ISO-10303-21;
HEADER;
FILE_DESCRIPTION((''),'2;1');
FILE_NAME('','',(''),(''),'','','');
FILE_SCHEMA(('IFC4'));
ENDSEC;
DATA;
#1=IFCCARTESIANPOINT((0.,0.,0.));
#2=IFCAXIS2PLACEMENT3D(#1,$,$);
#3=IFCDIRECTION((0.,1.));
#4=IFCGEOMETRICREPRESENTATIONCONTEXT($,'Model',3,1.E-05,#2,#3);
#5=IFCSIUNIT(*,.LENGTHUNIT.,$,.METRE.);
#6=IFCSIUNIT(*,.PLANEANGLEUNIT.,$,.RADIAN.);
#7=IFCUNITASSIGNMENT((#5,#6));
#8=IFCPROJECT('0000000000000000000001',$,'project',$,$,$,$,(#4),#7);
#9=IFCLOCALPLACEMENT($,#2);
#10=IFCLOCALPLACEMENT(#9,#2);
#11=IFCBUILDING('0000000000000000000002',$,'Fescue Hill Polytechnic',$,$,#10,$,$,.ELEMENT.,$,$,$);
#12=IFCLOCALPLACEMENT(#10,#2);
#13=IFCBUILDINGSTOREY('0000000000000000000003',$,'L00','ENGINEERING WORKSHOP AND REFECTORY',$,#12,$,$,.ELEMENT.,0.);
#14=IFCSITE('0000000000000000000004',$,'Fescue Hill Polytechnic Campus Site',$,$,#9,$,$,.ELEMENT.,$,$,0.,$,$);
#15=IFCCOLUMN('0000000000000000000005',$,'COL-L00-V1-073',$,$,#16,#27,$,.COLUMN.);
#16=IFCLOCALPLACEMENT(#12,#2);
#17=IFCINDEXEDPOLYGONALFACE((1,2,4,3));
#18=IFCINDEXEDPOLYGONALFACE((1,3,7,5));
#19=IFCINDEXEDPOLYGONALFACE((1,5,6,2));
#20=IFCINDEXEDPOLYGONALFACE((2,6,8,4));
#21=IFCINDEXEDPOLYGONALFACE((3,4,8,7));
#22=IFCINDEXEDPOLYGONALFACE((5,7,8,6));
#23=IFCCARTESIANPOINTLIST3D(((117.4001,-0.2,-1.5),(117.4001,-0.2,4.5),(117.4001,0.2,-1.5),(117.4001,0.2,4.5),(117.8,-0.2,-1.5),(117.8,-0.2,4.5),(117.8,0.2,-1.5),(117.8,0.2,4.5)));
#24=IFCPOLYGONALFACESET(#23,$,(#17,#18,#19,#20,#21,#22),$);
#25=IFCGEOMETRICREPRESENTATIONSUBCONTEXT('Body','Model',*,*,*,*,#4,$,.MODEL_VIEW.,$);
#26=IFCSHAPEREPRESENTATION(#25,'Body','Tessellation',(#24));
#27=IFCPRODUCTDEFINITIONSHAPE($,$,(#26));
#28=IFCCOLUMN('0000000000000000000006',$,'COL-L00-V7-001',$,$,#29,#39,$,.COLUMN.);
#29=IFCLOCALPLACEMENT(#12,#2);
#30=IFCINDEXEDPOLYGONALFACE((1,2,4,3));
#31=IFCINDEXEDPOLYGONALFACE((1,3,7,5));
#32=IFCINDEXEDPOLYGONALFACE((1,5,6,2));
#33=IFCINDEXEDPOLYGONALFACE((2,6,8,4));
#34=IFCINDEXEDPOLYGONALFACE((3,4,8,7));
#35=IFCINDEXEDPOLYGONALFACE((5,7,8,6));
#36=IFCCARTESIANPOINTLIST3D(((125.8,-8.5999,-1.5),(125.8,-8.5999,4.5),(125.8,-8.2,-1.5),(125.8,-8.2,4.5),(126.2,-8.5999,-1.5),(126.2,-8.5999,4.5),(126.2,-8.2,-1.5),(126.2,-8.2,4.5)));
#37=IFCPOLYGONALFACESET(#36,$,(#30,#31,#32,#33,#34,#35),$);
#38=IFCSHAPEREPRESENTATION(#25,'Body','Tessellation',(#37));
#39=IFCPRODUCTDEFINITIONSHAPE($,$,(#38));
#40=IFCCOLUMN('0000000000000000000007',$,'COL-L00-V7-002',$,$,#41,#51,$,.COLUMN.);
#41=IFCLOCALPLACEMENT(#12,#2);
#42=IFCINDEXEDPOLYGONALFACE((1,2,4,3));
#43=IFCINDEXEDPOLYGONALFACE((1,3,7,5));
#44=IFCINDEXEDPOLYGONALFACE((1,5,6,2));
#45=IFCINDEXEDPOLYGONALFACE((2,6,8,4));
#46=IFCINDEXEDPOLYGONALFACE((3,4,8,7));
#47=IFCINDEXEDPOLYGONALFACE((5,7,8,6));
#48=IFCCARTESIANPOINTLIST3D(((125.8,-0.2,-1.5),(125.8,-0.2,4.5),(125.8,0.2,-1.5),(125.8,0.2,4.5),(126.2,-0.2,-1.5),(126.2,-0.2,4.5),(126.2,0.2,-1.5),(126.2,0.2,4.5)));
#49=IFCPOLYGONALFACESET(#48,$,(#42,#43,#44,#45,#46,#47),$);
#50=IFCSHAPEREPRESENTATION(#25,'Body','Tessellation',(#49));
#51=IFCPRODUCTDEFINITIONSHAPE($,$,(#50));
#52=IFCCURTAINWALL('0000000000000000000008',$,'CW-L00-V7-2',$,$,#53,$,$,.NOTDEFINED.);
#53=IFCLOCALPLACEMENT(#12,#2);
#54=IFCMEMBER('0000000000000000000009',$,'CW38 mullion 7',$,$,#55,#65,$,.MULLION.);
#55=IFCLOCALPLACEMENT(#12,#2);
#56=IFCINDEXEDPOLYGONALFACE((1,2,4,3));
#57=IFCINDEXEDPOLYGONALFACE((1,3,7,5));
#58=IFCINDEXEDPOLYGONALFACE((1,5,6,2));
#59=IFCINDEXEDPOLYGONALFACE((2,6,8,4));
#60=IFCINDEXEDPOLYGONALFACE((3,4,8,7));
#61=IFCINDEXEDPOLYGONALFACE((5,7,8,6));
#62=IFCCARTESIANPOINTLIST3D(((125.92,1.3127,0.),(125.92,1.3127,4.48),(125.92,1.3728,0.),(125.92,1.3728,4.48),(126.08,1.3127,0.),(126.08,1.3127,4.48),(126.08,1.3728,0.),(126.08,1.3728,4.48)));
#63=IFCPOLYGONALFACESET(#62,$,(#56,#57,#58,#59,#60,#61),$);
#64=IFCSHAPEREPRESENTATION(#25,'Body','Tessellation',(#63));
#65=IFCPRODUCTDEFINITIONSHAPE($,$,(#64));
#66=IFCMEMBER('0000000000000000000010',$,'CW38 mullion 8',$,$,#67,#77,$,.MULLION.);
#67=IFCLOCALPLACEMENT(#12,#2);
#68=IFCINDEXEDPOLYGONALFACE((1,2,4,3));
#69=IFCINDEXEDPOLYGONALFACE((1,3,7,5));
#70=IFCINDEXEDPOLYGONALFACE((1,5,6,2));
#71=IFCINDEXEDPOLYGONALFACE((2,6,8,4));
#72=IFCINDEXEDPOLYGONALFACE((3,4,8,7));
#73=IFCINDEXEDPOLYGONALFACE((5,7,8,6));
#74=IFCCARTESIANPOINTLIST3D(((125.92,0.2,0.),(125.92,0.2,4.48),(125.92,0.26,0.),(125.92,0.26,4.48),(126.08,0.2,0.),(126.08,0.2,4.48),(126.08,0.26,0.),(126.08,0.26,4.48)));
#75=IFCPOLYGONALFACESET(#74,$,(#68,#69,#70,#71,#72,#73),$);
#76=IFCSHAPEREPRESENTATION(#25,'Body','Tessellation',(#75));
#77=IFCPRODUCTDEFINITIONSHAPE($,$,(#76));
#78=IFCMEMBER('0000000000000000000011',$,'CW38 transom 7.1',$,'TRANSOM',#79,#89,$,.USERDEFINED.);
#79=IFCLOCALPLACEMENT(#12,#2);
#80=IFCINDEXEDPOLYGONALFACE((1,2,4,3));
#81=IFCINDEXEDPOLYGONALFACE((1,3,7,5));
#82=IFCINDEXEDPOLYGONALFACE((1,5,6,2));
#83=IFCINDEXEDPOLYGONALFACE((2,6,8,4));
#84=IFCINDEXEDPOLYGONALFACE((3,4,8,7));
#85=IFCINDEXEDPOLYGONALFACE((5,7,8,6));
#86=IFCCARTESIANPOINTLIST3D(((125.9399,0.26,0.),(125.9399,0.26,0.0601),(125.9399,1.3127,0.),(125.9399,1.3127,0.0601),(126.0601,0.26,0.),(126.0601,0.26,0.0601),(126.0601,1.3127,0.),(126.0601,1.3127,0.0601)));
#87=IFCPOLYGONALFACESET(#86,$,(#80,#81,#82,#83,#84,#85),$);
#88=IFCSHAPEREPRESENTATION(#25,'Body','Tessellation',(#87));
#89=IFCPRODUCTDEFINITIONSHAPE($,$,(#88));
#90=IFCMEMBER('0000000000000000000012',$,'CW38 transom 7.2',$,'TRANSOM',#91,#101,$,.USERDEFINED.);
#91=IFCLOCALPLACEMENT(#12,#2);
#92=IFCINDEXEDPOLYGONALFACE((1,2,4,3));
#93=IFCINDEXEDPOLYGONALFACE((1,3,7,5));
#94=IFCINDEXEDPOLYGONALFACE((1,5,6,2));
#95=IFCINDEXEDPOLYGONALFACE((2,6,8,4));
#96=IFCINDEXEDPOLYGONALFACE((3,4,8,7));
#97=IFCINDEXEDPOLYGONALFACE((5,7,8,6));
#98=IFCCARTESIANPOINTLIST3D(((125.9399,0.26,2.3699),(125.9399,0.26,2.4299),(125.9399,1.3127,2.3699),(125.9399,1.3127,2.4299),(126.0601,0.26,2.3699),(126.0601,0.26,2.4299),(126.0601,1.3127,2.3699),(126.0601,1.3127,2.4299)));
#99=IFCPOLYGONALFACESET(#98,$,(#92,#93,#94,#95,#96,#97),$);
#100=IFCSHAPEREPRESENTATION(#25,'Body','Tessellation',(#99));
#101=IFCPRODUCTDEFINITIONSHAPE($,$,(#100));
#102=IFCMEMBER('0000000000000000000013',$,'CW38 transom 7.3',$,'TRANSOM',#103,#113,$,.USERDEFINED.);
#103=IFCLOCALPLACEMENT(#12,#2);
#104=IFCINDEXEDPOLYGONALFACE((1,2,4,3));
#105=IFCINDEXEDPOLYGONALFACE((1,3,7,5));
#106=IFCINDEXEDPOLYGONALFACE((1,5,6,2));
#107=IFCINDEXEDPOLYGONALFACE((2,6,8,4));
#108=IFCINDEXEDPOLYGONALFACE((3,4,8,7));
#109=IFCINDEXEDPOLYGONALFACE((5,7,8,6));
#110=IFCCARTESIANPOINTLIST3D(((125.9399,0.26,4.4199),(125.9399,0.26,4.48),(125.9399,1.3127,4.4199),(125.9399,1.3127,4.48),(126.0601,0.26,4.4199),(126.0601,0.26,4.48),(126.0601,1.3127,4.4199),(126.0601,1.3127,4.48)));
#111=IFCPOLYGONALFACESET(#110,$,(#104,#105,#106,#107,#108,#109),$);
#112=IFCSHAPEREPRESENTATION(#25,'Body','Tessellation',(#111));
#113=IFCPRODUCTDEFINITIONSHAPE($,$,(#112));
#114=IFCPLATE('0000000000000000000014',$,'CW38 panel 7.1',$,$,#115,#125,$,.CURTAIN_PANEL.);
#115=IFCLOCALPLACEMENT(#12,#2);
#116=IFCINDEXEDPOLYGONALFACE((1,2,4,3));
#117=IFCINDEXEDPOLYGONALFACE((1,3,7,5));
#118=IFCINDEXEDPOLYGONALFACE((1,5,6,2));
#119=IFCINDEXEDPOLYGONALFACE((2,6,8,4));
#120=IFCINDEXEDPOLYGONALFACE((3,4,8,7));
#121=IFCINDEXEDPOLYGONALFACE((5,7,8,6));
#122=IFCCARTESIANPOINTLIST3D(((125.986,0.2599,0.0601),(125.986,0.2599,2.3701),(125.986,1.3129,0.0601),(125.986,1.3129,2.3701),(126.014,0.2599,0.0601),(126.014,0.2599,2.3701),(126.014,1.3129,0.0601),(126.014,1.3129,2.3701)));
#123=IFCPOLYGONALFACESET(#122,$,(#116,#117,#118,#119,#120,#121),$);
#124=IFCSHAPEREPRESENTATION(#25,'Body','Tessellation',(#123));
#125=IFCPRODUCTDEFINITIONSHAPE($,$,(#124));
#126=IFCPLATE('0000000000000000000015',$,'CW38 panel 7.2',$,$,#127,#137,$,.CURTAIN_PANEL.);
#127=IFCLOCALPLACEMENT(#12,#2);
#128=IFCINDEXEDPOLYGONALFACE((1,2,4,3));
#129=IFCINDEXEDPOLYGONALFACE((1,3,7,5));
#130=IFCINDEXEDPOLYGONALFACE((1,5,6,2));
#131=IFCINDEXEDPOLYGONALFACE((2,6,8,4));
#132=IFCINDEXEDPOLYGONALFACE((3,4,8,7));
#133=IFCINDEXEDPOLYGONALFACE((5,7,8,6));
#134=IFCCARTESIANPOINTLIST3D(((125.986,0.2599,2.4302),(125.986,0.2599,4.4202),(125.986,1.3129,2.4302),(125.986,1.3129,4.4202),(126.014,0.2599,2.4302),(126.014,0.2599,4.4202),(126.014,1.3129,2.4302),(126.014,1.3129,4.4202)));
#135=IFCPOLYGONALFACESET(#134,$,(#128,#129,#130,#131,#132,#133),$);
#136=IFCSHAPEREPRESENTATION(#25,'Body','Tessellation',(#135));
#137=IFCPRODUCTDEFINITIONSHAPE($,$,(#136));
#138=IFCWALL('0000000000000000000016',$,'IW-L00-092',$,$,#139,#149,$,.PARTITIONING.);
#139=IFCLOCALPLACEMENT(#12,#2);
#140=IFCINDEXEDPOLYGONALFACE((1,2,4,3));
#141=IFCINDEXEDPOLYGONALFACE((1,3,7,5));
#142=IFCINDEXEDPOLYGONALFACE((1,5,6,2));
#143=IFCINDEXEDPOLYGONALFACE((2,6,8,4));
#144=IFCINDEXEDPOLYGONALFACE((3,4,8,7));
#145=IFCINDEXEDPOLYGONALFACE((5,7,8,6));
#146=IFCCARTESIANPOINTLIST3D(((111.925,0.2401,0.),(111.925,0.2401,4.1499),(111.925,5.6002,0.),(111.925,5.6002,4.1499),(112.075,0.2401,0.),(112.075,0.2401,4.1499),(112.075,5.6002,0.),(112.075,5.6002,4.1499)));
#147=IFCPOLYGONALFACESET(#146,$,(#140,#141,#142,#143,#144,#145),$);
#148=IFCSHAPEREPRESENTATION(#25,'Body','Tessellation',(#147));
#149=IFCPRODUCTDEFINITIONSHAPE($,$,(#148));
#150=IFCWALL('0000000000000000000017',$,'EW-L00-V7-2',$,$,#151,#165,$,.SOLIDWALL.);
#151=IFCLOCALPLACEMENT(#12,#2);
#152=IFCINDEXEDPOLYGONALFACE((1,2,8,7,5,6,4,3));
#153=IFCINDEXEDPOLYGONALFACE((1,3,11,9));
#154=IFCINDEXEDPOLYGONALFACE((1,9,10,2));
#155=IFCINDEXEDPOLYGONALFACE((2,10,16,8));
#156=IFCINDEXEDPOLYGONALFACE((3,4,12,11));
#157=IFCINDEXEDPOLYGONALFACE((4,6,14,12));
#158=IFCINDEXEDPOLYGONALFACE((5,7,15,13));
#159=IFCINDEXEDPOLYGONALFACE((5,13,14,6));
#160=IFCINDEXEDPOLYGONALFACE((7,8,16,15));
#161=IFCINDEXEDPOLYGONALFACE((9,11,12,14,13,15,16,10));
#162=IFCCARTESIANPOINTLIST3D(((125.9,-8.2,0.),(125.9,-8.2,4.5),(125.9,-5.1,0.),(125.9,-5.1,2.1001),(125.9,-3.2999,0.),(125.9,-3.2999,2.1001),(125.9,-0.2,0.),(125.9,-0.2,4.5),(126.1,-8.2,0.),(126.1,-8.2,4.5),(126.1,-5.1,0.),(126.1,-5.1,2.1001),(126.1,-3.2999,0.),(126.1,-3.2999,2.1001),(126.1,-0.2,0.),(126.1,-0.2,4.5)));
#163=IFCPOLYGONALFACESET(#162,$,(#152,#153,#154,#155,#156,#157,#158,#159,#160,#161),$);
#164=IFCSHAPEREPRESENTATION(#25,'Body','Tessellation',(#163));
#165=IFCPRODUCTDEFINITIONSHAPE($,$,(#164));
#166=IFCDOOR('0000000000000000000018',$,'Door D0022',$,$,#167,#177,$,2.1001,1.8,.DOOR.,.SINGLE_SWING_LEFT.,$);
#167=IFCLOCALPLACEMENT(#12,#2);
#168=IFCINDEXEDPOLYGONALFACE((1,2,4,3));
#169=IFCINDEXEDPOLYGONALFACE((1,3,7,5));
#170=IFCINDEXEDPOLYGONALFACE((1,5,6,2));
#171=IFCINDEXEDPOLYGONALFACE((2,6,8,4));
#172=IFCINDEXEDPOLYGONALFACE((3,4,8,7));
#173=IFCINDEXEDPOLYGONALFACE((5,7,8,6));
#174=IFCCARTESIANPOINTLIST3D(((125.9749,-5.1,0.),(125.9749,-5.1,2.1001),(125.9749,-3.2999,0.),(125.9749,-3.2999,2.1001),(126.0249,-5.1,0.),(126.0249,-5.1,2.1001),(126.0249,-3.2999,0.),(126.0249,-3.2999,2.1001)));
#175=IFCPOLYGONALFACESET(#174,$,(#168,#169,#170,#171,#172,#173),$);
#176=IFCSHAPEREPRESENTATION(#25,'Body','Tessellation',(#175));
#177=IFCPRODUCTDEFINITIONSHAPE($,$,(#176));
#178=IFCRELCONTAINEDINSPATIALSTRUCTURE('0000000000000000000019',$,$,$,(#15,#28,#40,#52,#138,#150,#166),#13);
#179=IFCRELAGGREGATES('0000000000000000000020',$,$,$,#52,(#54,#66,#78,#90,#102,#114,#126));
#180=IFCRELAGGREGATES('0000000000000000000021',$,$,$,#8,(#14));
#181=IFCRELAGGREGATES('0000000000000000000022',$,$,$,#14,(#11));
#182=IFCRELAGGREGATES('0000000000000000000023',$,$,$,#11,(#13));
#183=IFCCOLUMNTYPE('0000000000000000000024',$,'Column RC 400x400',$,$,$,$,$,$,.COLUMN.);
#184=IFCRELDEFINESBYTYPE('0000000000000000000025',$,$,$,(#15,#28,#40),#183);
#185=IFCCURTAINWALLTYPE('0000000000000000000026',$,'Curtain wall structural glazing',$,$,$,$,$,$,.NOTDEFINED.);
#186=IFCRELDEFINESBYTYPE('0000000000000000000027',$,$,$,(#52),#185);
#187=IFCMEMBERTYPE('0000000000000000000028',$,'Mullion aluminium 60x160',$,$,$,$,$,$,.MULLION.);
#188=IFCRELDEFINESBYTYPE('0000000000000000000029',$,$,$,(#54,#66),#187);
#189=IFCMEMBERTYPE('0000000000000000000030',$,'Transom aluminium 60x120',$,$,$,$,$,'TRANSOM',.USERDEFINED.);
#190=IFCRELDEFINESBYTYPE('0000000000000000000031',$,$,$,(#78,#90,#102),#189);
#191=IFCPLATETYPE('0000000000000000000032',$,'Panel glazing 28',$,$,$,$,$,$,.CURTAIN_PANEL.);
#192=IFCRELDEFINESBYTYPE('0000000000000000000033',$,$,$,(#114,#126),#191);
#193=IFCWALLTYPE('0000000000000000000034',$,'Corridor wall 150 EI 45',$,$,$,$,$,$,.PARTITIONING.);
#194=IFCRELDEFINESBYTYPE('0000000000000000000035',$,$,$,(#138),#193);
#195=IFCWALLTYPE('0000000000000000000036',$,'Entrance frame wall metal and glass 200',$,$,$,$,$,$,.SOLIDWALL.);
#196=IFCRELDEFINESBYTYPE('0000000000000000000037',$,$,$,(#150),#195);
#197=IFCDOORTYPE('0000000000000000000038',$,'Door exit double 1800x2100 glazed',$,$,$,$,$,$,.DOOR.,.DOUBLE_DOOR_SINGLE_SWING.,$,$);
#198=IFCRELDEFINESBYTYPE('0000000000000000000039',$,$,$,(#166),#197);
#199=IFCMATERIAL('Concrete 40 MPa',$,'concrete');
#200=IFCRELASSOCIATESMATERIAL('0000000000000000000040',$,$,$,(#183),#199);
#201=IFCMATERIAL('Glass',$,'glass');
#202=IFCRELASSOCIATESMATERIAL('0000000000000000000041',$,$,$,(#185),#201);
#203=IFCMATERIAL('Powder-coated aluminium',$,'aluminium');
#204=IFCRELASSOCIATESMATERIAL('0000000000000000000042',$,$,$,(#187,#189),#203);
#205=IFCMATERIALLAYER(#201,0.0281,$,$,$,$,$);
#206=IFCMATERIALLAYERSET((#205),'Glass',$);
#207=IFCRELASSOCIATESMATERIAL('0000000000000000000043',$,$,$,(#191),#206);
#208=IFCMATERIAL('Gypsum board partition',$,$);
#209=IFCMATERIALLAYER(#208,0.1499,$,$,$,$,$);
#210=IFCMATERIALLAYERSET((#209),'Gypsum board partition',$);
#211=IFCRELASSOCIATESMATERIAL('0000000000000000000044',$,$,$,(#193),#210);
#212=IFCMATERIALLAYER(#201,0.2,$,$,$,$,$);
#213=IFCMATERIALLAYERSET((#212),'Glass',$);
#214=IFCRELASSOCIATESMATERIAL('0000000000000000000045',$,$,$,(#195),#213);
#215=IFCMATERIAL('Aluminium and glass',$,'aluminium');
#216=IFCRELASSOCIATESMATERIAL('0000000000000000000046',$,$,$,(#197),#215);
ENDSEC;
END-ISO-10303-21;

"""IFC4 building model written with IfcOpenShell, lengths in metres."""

from ifc_helpers import new_model, si_unit, direction, frame, frame_2d, origin, origin_2d, place, context, subcontext, project, spatial, rectangle, extrude, material, layer, layer_set, material_profile, profile_set, type_object, element, fill, aggregate, save


model = new_model("IFC4")

# Units and contexts
model_context = context("Model", 3, precision=1e-05, world=origin(), true_north=direction((0.0, 1.0)))
body_context = subcontext(model_context, "Body", "Model", "MODEL_VIEW")
ifc_project = project(units=[si_unit("LENGTHUNIT", "METRE"), si_unit("PLANEANGLEUNIT", "RADIAN")], contexts=[model_context])

# Site, building, storey
site_placement = place(None, origin())
site = spatial("IfcSite", under=ifc_project, at=site_placement, Name="Fescue Hill Polytechnic Campus Site", CompositionType="ELEMENT", RefElevation=0.0)
building_placement = place(site_placement, origin())
building = spatial("IfcBuilding", under=site, at=building_placement, Name="Fescue Hill Polytechnic", CompositionType="ELEMENT")
storey_placement = place(building_placement, origin())
storey = spatial("IfcBuildingStorey", under=building, at=storey_placement, Name="L00", Description="ENGINEERING WORKSHOP AND REFECTORY", CompositionType="ELEMENT", Elevation=0.0)

# Columns
ifc_material_1 = material(Name="Concrete 40 MPa", Category="concrete")
ifc_material_profile_1 = material_profile(ifc_material_1, rectangle(XDim=0.3999, YDim=0.3999, at=origin_2d()), Name="RC 400x400")
ifc_profile_set_1 = profile_set([ifc_material_profile_1], Name="Concrete 40 MPa")
column_type = type_object("IfcColumnType", Name="Column RC 400x400", PredefinedType="COLUMN", material=ifc_profile_set_1)
for number, where, z_axis, x_axis, name in (
    (1, (117.6001, 0.0, -1.5), (0.0, 0.0, 1.0), (1.0, 0.0, 0.0), "COL-L00-V1-073"),
    (2, (126.0, -8.3999, -1.5), (0.0, 0.0, 1.0), (1.0, 0.0, 0.0), "COL-L00-V7-001"),
    (3, (126.0, 0.0, -1.5), (0.0, 0.0, 1.0), (1.0, 0.0, 0.0), "COL-L00-V7-002"),
):
    element("IfcColumn", number, at=place(storey_placement, frame(where, z_axis=z_axis, x_axis=x_axis)), inside=storey, type_object=column_type, Name=name, PredefinedType="COLUMN", context=body_context, shape_type="SweptSolid", body=[
        extrude(rectangle(XDim=0.3999, YDim=0.3999, at=origin_2d()), origin(), (0.0, 0.0, 1.0), 6.0),
    ])

# Curtain wall, members, plates
ifc_material_2 = material(Name="Glass", Category="glass")
curtain_wall_type = type_object("IfcCurtainWallType", Name="Curtain wall structural glazing", PredefinedType="NOTDEFINED", material=ifc_material_2)
curtain_wall_placement = place(storey_placement, origin())
curtain_wall = element("IfcCurtainWall", 4, at=curtain_wall_placement, inside=storey, type_object=curtain_wall_type, Name="CW-L00-V7-2", PredefinedType="NOTDEFINED")
ifc_material_3 = material(Name="Powder-coated aluminium", Category="aluminium")
ifc_material_profile_2 = material_profile(ifc_material_3, rectangle(XDim=0.1599, YDim=0.0601, at=origin_2d()), Name="Mullion aluminium 60x160")
ifc_profile_set_2 = profile_set([ifc_material_profile_2], Name="Powder-coated aluminium")
member_type_1 = type_object("IfcMemberType", Name="Mullion aluminium 60x160", PredefinedType="MULLION", material=ifc_profile_set_2)
member_1_placement = place(storey_placement, frame((126.0, 1.3428, 0.0), z_axis=(0.0, 0.0, 1.0), x_axis=(1.0, 0.0, 0.0)))
member_1 = element("IfcMember", 5, at=member_1_placement, type_object=member_type_1, Name="CW38 mullion 7", PredefinedType="MULLION", context=body_context, shape_type="SweptSolid", body=[
    extrude(rectangle(XDim=0.1599, YDim=0.0601, at=origin_2d()), origin(), (0.0, 0.0, 1.0), 4.48),
])
member_2_placement = place(storey_placement, frame((126.0, 0.23, 0.0), z_axis=(0.0, 0.0, 1.0), x_axis=(1.0, 0.0, 0.0)))
member_2 = element("IfcMember", 6, at=member_2_placement, type_object=member_type_1, Name="CW38 mullion 8", PredefinedType="MULLION", context=body_context, shape_type="SweptSolid", body=[
    extrude(rectangle(XDim=0.1599, YDim=0.0601, at=origin_2d()), origin(), (0.0, 0.0, 1.0), 4.48),
])
ifc_material_profile_3 = material_profile(ifc_material_3, rectangle(XDim=0.1201, YDim=0.0601, at=origin_2d()), Name="Transom aluminium 60x120")
ifc_profile_set_3 = profile_set([ifc_material_profile_3], Name="Powder-coated aluminium")
member_type_2 = type_object("IfcMemberType", Name="Transom aluminium 60x120", ElementType="TRANSOM", PredefinedType="USERDEFINED", material=ifc_profile_set_3)
member_3_placement = place(storey_placement, frame((126.0, 1.3127, 0.03), z_axis=(0.0, -1.0, 0.0), x_axis=(1.0, 0.0, 0.0)))
member_3 = element("IfcMember", 7, at=member_3_placement, type_object=member_type_2, Name="CW38 transom 7.1", ObjectType="TRANSOM", PredefinedType="USERDEFINED", context=body_context, shape_type="SweptSolid", body=[
    extrude(rectangle(XDim=0.1201, YDim=0.0601, at=origin_2d()), origin(), (0.0, 0.0, 1.0), 1.0527),
])
member_4_placement = place(storey_placement, frame((126.0, 1.3127, 2.3999), z_axis=(0.0, -1.0, 0.0), x_axis=(1.0, 0.0, 0.0)))
member_4 = element("IfcMember", 8, at=member_4_placement, type_object=member_type_2, Name="CW38 transom 7.2", ObjectType="TRANSOM", PredefinedType="USERDEFINED", context=body_context, shape_type="SweptSolid", body=[
    extrude(rectangle(XDim=0.1201, YDim=0.0601, at=origin_2d()), origin(), (0.0, 0.0, 1.0), 1.0527),
])
member_5_placement = place(storey_placement, frame((126.0, 1.3127, 4.45), z_axis=(0.0, -1.0, 0.0), x_axis=(1.0, 0.0, 0.0)))
member_5 = element("IfcMember", 9, at=member_5_placement, type_object=member_type_2, Name="CW38 transom 7.3", ObjectType="TRANSOM", PredefinedType="USERDEFINED", context=body_context, shape_type="SweptSolid", body=[
    extrude(rectangle(XDim=0.1201, YDim=0.0601, at=origin_2d()), origin(), (0.0, 0.0, 1.0), 1.0527),
])
ifc_layer_1 = layer(ifc_material_2, 0.0281)
ifc_layer_set_1 = layer_set([ifc_layer_1], Name="Glass")
plate_type = type_object("IfcPlateType", Name="Panel glazing 28", PredefinedType="CURTAIN_PANEL", material=ifc_layer_set_1)
plate_1_placement = place(storey_placement, frame((126.0, 0.7864, 0.0601), z_axis=(0.0, 0.0, 1.0), x_axis=(0.0, -1.0, 0.0)))
plate_1 = element("IfcPlate", 10, at=plate_1_placement, type_object=plate_type, Name="CW38 panel 7.1", PredefinedType="CURTAIN_PANEL", context=body_context, shape_type="SweptSolid", body=[
    extrude(rectangle(XDim=1.053, YDim=0.0281, at=origin_2d()), origin(), (0.0, 0.0, 1.0), 2.3101),
])
plate_2_placement = place(storey_placement, frame((126.0, 0.7864, 2.4302), z_axis=(0.0, 0.0, 1.0), x_axis=(0.0, -1.0, 0.0)))
plate_2 = element("IfcPlate", 11, at=plate_2_placement, type_object=plate_type, Name="CW38 panel 7.2", PredefinedType="CURTAIN_PANEL", context=body_context, shape_type="SweptSolid", body=[
    extrude(rectangle(XDim=1.053, YDim=0.0281, at=origin_2d()), origin(), (0.0, 0.0, 1.0), 1.99),
])
aggregate(curtain_wall, [member_1, member_2, member_3, member_4, member_5, plate_1, plate_2])

# Wall
ifc_material_4 = material(Name="Gypsum board partition")
ifc_layer_2 = layer(ifc_material_4, 0.1499)
ifc_layer_set_2 = layer_set([ifc_layer_2], Name="Gypsum board partition")
wall_type_1 = type_object("IfcWallType", Name="Corridor wall 150 EI 45", PredefinedType="PARTITIONING", material=ifc_layer_set_2)
wall_1_placement = place(storey_placement, frame((112.0, 0.24, 0.0), z_axis=(0.0, 0.0, 1.0), x_axis=(0.0, 1.0, 0.0)))
element("IfcWall", 12, at=wall_1_placement, inside=storey, type_object=wall_type_1, Name="IW-L00-092", PredefinedType="PARTITIONING", context=body_context, shape_type="SweptSolid", body=[
    extrude(rectangle(XDim=5.3601, YDim=0.1499, at=frame_2d((2.6802, 0.0))), origin(), (0.0, 0.0, 1.0), 4.1499),
])

# Wall, opening, door
ifc_layer_3 = layer(ifc_material_2, 0.2)
ifc_layer_set_3 = layer_set([ifc_layer_3], Name="Glass")
wall_type_2 = type_object("IfcWallType", Name="Entrance frame wall metal and glass 200", PredefinedType="SOLIDWALL", material=ifc_layer_set_3)
wall_2_placement = place(storey_placement, frame((126.0, -0.2, 0.0), z_axis=(0.0, 0.0, 1.0), x_axis=(0.0, -1.0, 0.0)))
wall_2 = element("IfcWall", 13, at=wall_2_placement, inside=storey, type_object=wall_type_2, Name="EW-L00-V7-2", PredefinedType="SOLIDWALL", context=body_context, shape_type="SweptSolid", body=[
    extrude(rectangle(XDim=8.0, YDim=0.2, at=frame_2d((4.0, 0.0))), origin(), (0.0, 0.0, 1.0), 4.5),
])
opening_1_placement = place(wall_2_placement, frame((3.1001, 0.0, 0.0)))
opening_1 = element("IfcOpeningElement", 14, at=opening_1_placement, cuts=wall_2, PredefinedType="OPENING", context=body_context, shape_type="SweptSolid", body=[
    extrude(rectangle(XDim=1.8, YDim=2.1001, at=frame_2d((0.8999, 1.05))), frame((0.0, 0.1099, 0.0), z_axis=(0.0, -1.0, 0.0), x_axis=(1.0, 0.0, 0.0)), (0.0, 0.0, 1.0), 0.22),
])
ifc_material_5 = material(Name="Aluminium and glass", Category="aluminium")
door_type = type_object("IfcDoorType", Name="Door exit double 1800x2100 glazed", OperationType="DOUBLE_DOOR_SINGLE_SWING", PredefinedType="DOOR", material=ifc_material_5)
door_placement = place(opening_1_placement, origin())
door = element("IfcDoor", 15, at=door_placement, inside=storey, type_object=door_type, Name="Door D0022", OperationType="SINGLE_SWING_LEFT", OverallHeight=2.1001, OverallWidth=1.8, PredefinedType="DOOR", context=body_context, shape_type="SweptSolid", body=[
    extrude(rectangle(XDim=1.8, YDim=2.1001, at=frame_2d((0.8999, 1.05))), frame((0.0, 0.0249, 0.0), z_axis=(0.0, -1.0, 0.0), x_axis=(1.0, 0.0, 0.0)), (0.0, 0.0, 1.0), 0.05),
])
fill(opening_1, door)

save(model, "model.ifc")
